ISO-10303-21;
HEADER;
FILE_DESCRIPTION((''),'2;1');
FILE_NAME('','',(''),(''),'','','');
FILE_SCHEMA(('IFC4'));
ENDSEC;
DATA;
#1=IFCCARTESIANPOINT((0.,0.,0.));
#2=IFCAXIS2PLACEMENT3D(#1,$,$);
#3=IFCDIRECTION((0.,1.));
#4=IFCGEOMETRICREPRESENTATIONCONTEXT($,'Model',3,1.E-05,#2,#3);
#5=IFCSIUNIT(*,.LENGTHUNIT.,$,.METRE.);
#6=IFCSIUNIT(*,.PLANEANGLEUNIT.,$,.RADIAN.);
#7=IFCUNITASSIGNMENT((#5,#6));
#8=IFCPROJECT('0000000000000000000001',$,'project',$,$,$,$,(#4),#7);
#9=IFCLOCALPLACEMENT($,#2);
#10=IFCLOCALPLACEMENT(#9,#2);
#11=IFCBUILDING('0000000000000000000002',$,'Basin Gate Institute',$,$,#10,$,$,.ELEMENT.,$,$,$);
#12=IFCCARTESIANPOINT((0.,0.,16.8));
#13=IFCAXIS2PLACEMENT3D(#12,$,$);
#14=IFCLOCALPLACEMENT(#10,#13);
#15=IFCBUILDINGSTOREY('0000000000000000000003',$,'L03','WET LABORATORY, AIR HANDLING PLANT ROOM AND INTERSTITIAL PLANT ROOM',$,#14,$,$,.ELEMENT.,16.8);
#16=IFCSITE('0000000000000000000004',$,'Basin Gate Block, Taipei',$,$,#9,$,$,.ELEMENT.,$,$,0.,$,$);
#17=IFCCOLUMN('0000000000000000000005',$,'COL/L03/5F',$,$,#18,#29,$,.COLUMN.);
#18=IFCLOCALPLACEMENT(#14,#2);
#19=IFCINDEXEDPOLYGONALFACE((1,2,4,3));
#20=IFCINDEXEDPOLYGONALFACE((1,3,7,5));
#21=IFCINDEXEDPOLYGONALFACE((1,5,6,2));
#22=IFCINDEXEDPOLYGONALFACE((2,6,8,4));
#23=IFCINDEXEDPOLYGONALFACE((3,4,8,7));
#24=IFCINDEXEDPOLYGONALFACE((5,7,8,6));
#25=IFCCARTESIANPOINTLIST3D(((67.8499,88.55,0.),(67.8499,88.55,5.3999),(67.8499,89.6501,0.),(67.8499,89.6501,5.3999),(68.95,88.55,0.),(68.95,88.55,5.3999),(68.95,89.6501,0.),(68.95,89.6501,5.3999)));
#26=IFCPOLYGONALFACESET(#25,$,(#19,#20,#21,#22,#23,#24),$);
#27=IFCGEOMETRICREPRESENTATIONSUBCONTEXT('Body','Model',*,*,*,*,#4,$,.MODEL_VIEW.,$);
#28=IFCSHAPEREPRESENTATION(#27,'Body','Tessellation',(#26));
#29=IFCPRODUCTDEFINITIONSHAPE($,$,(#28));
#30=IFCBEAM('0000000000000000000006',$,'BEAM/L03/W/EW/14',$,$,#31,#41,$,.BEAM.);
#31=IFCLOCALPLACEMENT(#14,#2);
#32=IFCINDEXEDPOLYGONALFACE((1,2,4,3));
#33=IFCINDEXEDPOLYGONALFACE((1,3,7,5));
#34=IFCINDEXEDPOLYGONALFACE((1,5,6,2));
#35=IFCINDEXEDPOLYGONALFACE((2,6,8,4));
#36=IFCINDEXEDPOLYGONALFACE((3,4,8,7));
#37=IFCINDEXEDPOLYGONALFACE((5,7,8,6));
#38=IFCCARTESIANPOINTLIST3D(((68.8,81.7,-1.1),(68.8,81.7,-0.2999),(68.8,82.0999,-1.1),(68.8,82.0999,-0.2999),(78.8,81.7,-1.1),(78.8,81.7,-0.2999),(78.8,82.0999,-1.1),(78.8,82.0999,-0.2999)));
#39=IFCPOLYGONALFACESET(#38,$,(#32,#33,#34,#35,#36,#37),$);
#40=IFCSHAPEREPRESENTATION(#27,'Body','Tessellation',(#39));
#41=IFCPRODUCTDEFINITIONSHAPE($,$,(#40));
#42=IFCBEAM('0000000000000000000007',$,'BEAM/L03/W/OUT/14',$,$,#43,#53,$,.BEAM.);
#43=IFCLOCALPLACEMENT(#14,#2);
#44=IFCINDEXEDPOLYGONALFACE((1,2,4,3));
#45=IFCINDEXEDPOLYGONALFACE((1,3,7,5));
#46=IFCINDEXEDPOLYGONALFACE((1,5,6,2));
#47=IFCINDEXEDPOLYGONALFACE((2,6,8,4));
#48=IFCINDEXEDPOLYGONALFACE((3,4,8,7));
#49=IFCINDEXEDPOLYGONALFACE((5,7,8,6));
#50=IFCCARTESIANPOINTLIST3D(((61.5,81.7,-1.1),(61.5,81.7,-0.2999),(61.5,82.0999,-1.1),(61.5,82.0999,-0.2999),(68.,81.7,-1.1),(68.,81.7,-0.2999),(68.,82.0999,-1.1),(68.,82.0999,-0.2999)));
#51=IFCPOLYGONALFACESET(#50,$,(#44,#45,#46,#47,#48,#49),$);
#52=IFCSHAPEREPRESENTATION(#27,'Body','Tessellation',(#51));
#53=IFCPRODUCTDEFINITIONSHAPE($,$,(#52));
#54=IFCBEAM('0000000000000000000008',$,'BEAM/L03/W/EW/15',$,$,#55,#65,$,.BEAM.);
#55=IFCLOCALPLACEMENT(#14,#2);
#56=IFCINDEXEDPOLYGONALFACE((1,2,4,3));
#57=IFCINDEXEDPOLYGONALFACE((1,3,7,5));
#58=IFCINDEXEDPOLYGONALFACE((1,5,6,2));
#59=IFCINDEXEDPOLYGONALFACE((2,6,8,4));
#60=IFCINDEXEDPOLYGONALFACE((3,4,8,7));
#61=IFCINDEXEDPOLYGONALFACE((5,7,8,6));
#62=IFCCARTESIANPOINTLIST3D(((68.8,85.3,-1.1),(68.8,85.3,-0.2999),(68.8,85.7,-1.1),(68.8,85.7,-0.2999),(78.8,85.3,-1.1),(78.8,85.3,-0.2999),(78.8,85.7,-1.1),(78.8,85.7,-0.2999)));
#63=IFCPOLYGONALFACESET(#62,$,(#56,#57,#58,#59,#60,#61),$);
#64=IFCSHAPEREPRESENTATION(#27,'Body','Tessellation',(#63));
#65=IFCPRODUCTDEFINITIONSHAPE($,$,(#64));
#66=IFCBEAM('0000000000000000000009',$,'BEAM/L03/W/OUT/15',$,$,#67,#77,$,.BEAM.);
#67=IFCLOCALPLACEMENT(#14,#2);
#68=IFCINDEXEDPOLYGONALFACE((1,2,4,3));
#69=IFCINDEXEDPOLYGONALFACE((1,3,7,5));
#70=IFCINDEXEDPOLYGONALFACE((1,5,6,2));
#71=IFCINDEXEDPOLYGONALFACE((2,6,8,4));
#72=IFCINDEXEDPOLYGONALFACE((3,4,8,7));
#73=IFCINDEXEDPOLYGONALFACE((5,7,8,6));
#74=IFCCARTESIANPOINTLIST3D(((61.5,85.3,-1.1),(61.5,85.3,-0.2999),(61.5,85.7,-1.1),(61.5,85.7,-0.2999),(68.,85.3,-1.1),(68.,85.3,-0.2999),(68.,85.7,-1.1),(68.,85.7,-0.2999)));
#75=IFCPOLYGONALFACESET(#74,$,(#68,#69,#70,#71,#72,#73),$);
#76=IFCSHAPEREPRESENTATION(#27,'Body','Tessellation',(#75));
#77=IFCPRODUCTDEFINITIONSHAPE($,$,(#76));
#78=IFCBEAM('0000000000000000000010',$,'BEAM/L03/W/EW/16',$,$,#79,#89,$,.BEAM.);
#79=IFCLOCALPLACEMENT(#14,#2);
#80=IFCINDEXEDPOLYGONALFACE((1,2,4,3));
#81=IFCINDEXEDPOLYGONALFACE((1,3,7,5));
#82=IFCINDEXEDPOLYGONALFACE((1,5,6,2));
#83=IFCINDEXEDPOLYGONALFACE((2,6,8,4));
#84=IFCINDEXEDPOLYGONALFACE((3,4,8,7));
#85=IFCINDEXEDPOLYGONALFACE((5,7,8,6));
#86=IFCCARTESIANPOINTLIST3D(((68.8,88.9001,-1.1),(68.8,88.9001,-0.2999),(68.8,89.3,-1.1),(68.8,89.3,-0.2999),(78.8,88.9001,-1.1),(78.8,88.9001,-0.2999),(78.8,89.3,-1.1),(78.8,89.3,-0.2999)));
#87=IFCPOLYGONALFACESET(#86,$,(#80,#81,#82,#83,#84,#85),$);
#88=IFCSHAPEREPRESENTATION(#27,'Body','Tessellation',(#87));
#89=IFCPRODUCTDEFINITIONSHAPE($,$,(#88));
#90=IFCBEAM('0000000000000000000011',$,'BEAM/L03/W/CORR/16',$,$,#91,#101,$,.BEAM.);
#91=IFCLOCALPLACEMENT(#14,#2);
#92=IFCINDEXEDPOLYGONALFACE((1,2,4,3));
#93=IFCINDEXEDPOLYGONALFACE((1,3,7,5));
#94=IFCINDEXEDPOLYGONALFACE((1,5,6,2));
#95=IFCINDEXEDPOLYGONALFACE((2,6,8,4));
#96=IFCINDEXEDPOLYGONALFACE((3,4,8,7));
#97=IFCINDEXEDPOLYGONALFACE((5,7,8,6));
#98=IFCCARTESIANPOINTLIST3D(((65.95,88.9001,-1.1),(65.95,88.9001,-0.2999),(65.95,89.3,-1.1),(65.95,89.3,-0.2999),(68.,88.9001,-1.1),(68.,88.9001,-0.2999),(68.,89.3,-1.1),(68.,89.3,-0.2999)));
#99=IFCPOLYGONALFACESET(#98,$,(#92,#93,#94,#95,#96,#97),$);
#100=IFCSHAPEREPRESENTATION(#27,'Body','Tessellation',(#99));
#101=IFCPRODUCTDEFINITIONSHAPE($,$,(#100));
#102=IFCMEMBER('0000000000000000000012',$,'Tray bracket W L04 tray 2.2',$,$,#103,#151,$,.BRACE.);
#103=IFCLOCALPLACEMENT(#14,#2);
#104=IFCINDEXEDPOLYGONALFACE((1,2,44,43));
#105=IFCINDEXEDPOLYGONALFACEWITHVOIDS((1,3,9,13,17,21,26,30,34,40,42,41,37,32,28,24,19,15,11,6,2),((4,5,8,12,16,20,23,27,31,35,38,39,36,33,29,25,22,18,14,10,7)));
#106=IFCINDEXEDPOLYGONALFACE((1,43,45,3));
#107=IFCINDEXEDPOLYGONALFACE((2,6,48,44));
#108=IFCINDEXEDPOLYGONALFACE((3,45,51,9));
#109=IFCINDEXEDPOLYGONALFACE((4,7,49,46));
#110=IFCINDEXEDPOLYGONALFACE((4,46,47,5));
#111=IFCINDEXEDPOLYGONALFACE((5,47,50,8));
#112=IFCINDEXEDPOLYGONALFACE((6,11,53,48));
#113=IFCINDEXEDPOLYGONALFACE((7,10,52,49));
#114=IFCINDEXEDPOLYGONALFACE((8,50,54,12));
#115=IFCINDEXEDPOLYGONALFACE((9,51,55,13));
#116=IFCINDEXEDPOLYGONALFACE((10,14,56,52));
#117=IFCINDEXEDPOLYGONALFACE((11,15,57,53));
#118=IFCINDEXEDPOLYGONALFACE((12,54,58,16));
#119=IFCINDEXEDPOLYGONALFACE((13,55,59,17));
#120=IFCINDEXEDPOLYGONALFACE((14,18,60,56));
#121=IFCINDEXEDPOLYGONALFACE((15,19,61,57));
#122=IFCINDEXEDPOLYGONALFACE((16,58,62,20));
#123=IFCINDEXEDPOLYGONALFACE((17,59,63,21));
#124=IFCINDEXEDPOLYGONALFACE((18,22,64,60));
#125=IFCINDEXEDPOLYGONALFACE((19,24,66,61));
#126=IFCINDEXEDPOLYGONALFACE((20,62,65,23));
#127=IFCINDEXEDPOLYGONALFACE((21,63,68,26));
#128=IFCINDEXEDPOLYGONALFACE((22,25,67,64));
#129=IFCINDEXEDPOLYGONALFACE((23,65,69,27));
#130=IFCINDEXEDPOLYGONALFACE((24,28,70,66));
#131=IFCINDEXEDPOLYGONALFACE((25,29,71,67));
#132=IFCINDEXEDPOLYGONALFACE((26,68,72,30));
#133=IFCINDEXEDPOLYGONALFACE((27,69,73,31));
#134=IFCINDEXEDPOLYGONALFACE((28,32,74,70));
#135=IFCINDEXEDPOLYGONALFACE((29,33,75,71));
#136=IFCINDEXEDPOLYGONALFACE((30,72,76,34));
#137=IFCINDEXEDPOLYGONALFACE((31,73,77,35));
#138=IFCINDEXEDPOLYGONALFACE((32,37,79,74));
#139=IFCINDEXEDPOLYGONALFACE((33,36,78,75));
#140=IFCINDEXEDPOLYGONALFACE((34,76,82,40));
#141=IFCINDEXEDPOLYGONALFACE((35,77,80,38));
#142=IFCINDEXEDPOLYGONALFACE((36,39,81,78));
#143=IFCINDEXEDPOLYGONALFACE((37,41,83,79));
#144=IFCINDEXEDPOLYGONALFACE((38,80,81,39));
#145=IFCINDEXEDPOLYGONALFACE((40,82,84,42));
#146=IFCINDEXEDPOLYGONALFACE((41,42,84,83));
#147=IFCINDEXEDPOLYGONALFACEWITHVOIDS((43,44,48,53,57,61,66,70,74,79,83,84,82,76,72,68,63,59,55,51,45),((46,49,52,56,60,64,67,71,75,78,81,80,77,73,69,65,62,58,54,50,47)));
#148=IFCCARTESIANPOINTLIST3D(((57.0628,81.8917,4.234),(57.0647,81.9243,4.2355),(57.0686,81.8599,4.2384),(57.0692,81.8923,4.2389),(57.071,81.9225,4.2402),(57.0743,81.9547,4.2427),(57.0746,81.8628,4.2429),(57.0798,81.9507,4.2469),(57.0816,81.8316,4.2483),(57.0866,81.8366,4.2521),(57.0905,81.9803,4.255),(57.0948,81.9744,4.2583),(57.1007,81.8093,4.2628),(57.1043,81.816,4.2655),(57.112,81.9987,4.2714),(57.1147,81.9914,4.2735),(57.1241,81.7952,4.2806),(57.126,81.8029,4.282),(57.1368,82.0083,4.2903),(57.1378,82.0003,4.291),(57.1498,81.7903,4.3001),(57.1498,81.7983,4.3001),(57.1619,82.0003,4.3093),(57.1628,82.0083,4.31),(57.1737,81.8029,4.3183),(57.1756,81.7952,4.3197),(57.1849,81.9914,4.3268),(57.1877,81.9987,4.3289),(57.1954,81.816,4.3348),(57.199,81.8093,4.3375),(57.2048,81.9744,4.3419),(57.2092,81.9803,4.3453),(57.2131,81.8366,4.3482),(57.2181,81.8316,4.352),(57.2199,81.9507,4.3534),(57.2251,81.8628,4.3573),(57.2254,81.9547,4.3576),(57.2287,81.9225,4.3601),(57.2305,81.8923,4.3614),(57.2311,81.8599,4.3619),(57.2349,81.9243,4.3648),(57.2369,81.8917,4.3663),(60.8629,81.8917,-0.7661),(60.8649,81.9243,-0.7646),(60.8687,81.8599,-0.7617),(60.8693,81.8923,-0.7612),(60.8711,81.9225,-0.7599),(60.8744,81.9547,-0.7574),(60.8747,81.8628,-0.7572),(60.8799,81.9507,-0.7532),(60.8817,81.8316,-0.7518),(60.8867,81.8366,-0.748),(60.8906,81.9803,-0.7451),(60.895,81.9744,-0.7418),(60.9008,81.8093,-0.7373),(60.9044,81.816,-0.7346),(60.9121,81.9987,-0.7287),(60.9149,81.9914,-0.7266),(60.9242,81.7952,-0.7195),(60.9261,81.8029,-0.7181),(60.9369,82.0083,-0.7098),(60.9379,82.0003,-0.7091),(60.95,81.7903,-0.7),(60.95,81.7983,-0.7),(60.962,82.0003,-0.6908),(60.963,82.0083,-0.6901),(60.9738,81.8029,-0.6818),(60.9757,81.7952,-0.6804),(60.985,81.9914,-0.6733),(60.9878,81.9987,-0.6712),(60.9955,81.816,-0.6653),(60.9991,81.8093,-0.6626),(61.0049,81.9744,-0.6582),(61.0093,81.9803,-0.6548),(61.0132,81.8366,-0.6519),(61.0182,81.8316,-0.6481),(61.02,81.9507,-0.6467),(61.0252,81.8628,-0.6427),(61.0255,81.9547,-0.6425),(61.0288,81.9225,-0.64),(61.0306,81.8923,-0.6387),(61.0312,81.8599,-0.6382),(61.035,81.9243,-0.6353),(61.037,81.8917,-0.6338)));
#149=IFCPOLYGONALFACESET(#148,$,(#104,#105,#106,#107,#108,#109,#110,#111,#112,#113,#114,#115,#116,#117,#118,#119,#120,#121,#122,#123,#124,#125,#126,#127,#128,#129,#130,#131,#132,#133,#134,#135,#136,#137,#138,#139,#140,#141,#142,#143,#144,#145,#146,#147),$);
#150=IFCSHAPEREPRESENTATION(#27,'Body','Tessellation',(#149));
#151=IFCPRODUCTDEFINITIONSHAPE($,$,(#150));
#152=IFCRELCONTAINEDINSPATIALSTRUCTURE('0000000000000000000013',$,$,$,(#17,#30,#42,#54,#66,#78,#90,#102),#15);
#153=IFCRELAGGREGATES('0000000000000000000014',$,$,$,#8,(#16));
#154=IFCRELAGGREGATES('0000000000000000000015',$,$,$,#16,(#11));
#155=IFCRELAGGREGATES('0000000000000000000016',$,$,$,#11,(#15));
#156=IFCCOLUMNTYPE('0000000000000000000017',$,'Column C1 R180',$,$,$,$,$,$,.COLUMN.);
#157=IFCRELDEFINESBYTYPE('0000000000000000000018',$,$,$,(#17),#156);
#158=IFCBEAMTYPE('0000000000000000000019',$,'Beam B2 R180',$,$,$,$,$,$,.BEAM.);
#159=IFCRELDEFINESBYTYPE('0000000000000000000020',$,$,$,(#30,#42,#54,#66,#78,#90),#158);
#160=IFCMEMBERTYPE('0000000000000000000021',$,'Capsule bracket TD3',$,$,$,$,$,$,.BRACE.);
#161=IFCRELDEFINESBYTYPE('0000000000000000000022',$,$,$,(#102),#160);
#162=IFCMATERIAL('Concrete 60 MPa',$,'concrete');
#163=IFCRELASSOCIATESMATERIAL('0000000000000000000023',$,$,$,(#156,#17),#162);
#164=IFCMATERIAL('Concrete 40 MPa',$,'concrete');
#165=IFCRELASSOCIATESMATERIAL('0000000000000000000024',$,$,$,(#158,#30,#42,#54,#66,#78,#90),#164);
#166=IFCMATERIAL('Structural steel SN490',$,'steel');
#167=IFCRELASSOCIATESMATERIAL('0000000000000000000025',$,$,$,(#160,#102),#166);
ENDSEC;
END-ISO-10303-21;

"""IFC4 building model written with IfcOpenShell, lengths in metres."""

from ifc_helpers import new_model, si_unit, direction, frame, origin, origin_2d, place, context, subcontext, project, spatial, rectangle, hollow_circle, extrude, material, material_profile, profile_set, type_object, element, save


model = new_model("IFC4")

# Units and contexts
model_context = context("Model", 3, precision=1e-05, world=origin(), true_north=direction((0.0, 1.0)))
body_context = subcontext(model_context, "Body", "Model", "MODEL_VIEW")
ifc_project = project(units=[si_unit("LENGTHUNIT", "METRE"), si_unit("PLANEANGLEUNIT", "RADIAN")], contexts=[model_context])

# Site, building, storey
site_placement = place(None, origin())
site = spatial("IfcSite", under=ifc_project, at=site_placement, Name="Basin Gate Block, Taipei", CompositionType="ELEMENT", RefElevation=0.0)
building_placement = place(site_placement, origin())
building = spatial("IfcBuilding", under=site, at=building_placement, Name="Basin Gate Institute", CompositionType="ELEMENT")
storey_placement = place(building_placement, frame((0.0, 0.0, 16.8)))
storey = spatial("IfcBuildingStorey", under=building, at=storey_placement, Name="L03", Description="WET LABORATORY, AIR HANDLING PLANT ROOM AND INTERSTITIAL PLANT ROOM", CompositionType="ELEMENT", Elevation=16.8)

# Column
ifc_material_1 = material(Name="Concrete 60 MPa", Category="concrete")
ifc_material_profile_1 = material_profile(ifc_material_1, rectangle(XDim=1.1001, YDim=1.1001, at=origin_2d()), Name="Column C1 1100 x 1100")
ifc_profile_set_1 = profile_set([ifc_material_profile_1], Name="Concrete 60 MPa")
column_type = type_object("IfcColumnType", Name="Column C1 R180", PredefinedType="COLUMN", material=ifc_profile_set_1)
column_placement = place(storey_placement, frame((68.3999, 89.1001, 0.0), z_axis=(0.0, 0.0, 1.0), x_axis=(1.0, 0.0, 0.0)))
element("IfcColumn", 1, at=column_placement, inside=storey, type_object=column_type, material=ifc_profile_set_1, Name="COL/L03/5F", PredefinedType="COLUMN", context=body_context, shape_type="SweptSolid", body=[
    extrude(rectangle(XDim=1.1001, YDim=1.1001, at=origin_2d()), origin(), (0.0, 0.0, 1.0), 5.3999),
])

# Beams
ifc_material_2 = material(Name="Concrete 40 MPa", Category="concrete")
ifc_material_profile_2 = material_profile(ifc_material_2, rectangle(XDim=0.3999, YDim=0.8, at=origin_2d()), Name="Beam B2 400 x 800")
ifc_profile_set_2 = profile_set([ifc_material_profile_2], Name="Concrete 40 MPa")
beam_type_1 = type_object("IfcBeamType", Name="Beam B2 R180", PredefinedType="BEAM", material=ifc_profile_set_2)
beam_1_placement = place(storey_placement, frame((68.8, 81.8999, -0.7), z_axis=(1.0, 0.0, 0.0), x_axis=(0.0, 1.0, 0.0)))
element("IfcBeam", 2, at=beam_1_placement, inside=storey, type_object=beam_type_1, material=ifc_profile_set_2, Name="BEAM/L03/W/EW/14", PredefinedType="BEAM", context=body_context, shape_type="SweptSolid", body=[
    extrude(rectangle(XDim=0.3999, YDim=0.8, at=origin_2d()), origin(), (0.0, 0.0, 1.0), 10.0),
])
beam_2_placement = place(storey_placement, frame((61.5, 81.8999, -0.7), z_axis=(1.0, 0.0, 0.0), x_axis=(0.0, 1.0, 0.0)))
element("IfcBeam", 3, at=beam_2_placement, inside=storey, type_object=beam_type_1, material=ifc_profile_set_2, Name="BEAM/L03/W/OUT/14", PredefinedType="BEAM", context=body_context, shape_type="SweptSolid", body=[
    extrude(rectangle(XDim=0.3999, YDim=0.8, at=origin_2d()), origin(), (0.0, 0.0, 1.0), 6.5),
])
beam_3_placement = place(storey_placement, frame((68.8, 85.5, -0.7), z_axis=(1.0, 0.0, 0.0), x_axis=(0.0, 1.0, 0.0)))
element("IfcBeam", 4, at=beam_3_placement, inside=storey, type_object=beam_type_1, material=ifc_profile_set_2, Name="BEAM/L03/W/EW/15", PredefinedType="BEAM", context=body_context, shape_type="SweptSolid", body=[
    extrude(rectangle(XDim=0.3999, YDim=0.8, at=origin_2d()), origin(), (0.0, 0.0, 1.0), 10.0),
])
beam_4_placement = place(storey_placement, frame((61.5, 85.5, -0.7), z_axis=(1.0, 0.0, 0.0), x_axis=(0.0, 1.0, 0.0)))
element("IfcBeam", 5, at=beam_4_placement, inside=storey, type_object=beam_type_1, material=ifc_profile_set_2, Name="BEAM/L03/W/OUT/15", PredefinedType="BEAM", context=body_context, shape_type="SweptSolid", body=[
    extrude(rectangle(XDim=0.3999, YDim=0.8, at=origin_2d()), origin(), (0.0, 0.0, 1.0), 6.5),
])
beam_5_placement = place(storey_placement, frame((68.8, 89.1001, -0.7), z_axis=(1.0, 0.0, 0.0), x_axis=(0.0, 1.0, 0.0)))
element("IfcBeam", 6, at=beam_5_placement, inside=storey, type_object=beam_type_1, material=ifc_profile_set_2, Name="BEAM/L03/W/EW/16", PredefinedType="BEAM", context=body_context, shape_type="SweptSolid", body=[
    extrude(rectangle(XDim=0.3999, YDim=0.8, at=origin_2d()), origin(), (0.0, 0.0, 1.0), 10.0),
])
beam_6_placement = place(storey_placement, frame((65.95, 89.1001, -0.7), z_axis=(1.0, 0.0, 0.0), x_axis=(0.0, 1.0, 0.0)))
element("IfcBeam", 7, at=beam_6_placement, inside=storey, type_object=beam_type_1, material=ifc_profile_set_2, Name="BEAM/L03/W/CORR/16", PredefinedType="BEAM", context=body_context, shape_type="SweptSolid", body=[
    extrude(rectangle(XDim=0.3999, YDim=0.8, at=origin_2d()), origin(), (0.0, 0.0, 1.0), 2.05),
])

# Member
ifc_material_3 = material(Name="Structural steel SN490", Category="steel")
ifc_material_profile_3 = material_profile(ifc_material_3, hollow_circle(Radius=0.1096, WallThickness=0.0081, at=origin_2d()), Name="CHS219x8")
ifc_profile_set_3 = profile_set([ifc_material_profile_3], Name="Structural steel SN490")
member_type = type_object("IfcMemberType", Name="Capsule bracket TD3", PredefinedType="BRACE", material=ifc_profile_set_3)
for number, where, z_axis, x_axis, name in (
    (8, (60.95, 81.8999, -0.7), (-0.605088, 0.0, 0.796158), (0.0, -1.0, 0.0), "Tray bracket W L04 tray 2.2"),
):
    element("IfcMember", number, at=place(storey_placement, frame(where, z_axis=z_axis, x_axis=x_axis)), inside=storey, type_object=member_type, material=ifc_profile_set_3, Name=name, PredefinedType="BRACE", context=body_context, shape_type="SweptSolid", body=[
        extrude(hollow_circle(Radius=0.1096, WallThickness=0.0081, at=origin_2d()), origin(), (0.0, 0.0, 1.0), 6.2803),
    ])

save(model, "model.ifc")
